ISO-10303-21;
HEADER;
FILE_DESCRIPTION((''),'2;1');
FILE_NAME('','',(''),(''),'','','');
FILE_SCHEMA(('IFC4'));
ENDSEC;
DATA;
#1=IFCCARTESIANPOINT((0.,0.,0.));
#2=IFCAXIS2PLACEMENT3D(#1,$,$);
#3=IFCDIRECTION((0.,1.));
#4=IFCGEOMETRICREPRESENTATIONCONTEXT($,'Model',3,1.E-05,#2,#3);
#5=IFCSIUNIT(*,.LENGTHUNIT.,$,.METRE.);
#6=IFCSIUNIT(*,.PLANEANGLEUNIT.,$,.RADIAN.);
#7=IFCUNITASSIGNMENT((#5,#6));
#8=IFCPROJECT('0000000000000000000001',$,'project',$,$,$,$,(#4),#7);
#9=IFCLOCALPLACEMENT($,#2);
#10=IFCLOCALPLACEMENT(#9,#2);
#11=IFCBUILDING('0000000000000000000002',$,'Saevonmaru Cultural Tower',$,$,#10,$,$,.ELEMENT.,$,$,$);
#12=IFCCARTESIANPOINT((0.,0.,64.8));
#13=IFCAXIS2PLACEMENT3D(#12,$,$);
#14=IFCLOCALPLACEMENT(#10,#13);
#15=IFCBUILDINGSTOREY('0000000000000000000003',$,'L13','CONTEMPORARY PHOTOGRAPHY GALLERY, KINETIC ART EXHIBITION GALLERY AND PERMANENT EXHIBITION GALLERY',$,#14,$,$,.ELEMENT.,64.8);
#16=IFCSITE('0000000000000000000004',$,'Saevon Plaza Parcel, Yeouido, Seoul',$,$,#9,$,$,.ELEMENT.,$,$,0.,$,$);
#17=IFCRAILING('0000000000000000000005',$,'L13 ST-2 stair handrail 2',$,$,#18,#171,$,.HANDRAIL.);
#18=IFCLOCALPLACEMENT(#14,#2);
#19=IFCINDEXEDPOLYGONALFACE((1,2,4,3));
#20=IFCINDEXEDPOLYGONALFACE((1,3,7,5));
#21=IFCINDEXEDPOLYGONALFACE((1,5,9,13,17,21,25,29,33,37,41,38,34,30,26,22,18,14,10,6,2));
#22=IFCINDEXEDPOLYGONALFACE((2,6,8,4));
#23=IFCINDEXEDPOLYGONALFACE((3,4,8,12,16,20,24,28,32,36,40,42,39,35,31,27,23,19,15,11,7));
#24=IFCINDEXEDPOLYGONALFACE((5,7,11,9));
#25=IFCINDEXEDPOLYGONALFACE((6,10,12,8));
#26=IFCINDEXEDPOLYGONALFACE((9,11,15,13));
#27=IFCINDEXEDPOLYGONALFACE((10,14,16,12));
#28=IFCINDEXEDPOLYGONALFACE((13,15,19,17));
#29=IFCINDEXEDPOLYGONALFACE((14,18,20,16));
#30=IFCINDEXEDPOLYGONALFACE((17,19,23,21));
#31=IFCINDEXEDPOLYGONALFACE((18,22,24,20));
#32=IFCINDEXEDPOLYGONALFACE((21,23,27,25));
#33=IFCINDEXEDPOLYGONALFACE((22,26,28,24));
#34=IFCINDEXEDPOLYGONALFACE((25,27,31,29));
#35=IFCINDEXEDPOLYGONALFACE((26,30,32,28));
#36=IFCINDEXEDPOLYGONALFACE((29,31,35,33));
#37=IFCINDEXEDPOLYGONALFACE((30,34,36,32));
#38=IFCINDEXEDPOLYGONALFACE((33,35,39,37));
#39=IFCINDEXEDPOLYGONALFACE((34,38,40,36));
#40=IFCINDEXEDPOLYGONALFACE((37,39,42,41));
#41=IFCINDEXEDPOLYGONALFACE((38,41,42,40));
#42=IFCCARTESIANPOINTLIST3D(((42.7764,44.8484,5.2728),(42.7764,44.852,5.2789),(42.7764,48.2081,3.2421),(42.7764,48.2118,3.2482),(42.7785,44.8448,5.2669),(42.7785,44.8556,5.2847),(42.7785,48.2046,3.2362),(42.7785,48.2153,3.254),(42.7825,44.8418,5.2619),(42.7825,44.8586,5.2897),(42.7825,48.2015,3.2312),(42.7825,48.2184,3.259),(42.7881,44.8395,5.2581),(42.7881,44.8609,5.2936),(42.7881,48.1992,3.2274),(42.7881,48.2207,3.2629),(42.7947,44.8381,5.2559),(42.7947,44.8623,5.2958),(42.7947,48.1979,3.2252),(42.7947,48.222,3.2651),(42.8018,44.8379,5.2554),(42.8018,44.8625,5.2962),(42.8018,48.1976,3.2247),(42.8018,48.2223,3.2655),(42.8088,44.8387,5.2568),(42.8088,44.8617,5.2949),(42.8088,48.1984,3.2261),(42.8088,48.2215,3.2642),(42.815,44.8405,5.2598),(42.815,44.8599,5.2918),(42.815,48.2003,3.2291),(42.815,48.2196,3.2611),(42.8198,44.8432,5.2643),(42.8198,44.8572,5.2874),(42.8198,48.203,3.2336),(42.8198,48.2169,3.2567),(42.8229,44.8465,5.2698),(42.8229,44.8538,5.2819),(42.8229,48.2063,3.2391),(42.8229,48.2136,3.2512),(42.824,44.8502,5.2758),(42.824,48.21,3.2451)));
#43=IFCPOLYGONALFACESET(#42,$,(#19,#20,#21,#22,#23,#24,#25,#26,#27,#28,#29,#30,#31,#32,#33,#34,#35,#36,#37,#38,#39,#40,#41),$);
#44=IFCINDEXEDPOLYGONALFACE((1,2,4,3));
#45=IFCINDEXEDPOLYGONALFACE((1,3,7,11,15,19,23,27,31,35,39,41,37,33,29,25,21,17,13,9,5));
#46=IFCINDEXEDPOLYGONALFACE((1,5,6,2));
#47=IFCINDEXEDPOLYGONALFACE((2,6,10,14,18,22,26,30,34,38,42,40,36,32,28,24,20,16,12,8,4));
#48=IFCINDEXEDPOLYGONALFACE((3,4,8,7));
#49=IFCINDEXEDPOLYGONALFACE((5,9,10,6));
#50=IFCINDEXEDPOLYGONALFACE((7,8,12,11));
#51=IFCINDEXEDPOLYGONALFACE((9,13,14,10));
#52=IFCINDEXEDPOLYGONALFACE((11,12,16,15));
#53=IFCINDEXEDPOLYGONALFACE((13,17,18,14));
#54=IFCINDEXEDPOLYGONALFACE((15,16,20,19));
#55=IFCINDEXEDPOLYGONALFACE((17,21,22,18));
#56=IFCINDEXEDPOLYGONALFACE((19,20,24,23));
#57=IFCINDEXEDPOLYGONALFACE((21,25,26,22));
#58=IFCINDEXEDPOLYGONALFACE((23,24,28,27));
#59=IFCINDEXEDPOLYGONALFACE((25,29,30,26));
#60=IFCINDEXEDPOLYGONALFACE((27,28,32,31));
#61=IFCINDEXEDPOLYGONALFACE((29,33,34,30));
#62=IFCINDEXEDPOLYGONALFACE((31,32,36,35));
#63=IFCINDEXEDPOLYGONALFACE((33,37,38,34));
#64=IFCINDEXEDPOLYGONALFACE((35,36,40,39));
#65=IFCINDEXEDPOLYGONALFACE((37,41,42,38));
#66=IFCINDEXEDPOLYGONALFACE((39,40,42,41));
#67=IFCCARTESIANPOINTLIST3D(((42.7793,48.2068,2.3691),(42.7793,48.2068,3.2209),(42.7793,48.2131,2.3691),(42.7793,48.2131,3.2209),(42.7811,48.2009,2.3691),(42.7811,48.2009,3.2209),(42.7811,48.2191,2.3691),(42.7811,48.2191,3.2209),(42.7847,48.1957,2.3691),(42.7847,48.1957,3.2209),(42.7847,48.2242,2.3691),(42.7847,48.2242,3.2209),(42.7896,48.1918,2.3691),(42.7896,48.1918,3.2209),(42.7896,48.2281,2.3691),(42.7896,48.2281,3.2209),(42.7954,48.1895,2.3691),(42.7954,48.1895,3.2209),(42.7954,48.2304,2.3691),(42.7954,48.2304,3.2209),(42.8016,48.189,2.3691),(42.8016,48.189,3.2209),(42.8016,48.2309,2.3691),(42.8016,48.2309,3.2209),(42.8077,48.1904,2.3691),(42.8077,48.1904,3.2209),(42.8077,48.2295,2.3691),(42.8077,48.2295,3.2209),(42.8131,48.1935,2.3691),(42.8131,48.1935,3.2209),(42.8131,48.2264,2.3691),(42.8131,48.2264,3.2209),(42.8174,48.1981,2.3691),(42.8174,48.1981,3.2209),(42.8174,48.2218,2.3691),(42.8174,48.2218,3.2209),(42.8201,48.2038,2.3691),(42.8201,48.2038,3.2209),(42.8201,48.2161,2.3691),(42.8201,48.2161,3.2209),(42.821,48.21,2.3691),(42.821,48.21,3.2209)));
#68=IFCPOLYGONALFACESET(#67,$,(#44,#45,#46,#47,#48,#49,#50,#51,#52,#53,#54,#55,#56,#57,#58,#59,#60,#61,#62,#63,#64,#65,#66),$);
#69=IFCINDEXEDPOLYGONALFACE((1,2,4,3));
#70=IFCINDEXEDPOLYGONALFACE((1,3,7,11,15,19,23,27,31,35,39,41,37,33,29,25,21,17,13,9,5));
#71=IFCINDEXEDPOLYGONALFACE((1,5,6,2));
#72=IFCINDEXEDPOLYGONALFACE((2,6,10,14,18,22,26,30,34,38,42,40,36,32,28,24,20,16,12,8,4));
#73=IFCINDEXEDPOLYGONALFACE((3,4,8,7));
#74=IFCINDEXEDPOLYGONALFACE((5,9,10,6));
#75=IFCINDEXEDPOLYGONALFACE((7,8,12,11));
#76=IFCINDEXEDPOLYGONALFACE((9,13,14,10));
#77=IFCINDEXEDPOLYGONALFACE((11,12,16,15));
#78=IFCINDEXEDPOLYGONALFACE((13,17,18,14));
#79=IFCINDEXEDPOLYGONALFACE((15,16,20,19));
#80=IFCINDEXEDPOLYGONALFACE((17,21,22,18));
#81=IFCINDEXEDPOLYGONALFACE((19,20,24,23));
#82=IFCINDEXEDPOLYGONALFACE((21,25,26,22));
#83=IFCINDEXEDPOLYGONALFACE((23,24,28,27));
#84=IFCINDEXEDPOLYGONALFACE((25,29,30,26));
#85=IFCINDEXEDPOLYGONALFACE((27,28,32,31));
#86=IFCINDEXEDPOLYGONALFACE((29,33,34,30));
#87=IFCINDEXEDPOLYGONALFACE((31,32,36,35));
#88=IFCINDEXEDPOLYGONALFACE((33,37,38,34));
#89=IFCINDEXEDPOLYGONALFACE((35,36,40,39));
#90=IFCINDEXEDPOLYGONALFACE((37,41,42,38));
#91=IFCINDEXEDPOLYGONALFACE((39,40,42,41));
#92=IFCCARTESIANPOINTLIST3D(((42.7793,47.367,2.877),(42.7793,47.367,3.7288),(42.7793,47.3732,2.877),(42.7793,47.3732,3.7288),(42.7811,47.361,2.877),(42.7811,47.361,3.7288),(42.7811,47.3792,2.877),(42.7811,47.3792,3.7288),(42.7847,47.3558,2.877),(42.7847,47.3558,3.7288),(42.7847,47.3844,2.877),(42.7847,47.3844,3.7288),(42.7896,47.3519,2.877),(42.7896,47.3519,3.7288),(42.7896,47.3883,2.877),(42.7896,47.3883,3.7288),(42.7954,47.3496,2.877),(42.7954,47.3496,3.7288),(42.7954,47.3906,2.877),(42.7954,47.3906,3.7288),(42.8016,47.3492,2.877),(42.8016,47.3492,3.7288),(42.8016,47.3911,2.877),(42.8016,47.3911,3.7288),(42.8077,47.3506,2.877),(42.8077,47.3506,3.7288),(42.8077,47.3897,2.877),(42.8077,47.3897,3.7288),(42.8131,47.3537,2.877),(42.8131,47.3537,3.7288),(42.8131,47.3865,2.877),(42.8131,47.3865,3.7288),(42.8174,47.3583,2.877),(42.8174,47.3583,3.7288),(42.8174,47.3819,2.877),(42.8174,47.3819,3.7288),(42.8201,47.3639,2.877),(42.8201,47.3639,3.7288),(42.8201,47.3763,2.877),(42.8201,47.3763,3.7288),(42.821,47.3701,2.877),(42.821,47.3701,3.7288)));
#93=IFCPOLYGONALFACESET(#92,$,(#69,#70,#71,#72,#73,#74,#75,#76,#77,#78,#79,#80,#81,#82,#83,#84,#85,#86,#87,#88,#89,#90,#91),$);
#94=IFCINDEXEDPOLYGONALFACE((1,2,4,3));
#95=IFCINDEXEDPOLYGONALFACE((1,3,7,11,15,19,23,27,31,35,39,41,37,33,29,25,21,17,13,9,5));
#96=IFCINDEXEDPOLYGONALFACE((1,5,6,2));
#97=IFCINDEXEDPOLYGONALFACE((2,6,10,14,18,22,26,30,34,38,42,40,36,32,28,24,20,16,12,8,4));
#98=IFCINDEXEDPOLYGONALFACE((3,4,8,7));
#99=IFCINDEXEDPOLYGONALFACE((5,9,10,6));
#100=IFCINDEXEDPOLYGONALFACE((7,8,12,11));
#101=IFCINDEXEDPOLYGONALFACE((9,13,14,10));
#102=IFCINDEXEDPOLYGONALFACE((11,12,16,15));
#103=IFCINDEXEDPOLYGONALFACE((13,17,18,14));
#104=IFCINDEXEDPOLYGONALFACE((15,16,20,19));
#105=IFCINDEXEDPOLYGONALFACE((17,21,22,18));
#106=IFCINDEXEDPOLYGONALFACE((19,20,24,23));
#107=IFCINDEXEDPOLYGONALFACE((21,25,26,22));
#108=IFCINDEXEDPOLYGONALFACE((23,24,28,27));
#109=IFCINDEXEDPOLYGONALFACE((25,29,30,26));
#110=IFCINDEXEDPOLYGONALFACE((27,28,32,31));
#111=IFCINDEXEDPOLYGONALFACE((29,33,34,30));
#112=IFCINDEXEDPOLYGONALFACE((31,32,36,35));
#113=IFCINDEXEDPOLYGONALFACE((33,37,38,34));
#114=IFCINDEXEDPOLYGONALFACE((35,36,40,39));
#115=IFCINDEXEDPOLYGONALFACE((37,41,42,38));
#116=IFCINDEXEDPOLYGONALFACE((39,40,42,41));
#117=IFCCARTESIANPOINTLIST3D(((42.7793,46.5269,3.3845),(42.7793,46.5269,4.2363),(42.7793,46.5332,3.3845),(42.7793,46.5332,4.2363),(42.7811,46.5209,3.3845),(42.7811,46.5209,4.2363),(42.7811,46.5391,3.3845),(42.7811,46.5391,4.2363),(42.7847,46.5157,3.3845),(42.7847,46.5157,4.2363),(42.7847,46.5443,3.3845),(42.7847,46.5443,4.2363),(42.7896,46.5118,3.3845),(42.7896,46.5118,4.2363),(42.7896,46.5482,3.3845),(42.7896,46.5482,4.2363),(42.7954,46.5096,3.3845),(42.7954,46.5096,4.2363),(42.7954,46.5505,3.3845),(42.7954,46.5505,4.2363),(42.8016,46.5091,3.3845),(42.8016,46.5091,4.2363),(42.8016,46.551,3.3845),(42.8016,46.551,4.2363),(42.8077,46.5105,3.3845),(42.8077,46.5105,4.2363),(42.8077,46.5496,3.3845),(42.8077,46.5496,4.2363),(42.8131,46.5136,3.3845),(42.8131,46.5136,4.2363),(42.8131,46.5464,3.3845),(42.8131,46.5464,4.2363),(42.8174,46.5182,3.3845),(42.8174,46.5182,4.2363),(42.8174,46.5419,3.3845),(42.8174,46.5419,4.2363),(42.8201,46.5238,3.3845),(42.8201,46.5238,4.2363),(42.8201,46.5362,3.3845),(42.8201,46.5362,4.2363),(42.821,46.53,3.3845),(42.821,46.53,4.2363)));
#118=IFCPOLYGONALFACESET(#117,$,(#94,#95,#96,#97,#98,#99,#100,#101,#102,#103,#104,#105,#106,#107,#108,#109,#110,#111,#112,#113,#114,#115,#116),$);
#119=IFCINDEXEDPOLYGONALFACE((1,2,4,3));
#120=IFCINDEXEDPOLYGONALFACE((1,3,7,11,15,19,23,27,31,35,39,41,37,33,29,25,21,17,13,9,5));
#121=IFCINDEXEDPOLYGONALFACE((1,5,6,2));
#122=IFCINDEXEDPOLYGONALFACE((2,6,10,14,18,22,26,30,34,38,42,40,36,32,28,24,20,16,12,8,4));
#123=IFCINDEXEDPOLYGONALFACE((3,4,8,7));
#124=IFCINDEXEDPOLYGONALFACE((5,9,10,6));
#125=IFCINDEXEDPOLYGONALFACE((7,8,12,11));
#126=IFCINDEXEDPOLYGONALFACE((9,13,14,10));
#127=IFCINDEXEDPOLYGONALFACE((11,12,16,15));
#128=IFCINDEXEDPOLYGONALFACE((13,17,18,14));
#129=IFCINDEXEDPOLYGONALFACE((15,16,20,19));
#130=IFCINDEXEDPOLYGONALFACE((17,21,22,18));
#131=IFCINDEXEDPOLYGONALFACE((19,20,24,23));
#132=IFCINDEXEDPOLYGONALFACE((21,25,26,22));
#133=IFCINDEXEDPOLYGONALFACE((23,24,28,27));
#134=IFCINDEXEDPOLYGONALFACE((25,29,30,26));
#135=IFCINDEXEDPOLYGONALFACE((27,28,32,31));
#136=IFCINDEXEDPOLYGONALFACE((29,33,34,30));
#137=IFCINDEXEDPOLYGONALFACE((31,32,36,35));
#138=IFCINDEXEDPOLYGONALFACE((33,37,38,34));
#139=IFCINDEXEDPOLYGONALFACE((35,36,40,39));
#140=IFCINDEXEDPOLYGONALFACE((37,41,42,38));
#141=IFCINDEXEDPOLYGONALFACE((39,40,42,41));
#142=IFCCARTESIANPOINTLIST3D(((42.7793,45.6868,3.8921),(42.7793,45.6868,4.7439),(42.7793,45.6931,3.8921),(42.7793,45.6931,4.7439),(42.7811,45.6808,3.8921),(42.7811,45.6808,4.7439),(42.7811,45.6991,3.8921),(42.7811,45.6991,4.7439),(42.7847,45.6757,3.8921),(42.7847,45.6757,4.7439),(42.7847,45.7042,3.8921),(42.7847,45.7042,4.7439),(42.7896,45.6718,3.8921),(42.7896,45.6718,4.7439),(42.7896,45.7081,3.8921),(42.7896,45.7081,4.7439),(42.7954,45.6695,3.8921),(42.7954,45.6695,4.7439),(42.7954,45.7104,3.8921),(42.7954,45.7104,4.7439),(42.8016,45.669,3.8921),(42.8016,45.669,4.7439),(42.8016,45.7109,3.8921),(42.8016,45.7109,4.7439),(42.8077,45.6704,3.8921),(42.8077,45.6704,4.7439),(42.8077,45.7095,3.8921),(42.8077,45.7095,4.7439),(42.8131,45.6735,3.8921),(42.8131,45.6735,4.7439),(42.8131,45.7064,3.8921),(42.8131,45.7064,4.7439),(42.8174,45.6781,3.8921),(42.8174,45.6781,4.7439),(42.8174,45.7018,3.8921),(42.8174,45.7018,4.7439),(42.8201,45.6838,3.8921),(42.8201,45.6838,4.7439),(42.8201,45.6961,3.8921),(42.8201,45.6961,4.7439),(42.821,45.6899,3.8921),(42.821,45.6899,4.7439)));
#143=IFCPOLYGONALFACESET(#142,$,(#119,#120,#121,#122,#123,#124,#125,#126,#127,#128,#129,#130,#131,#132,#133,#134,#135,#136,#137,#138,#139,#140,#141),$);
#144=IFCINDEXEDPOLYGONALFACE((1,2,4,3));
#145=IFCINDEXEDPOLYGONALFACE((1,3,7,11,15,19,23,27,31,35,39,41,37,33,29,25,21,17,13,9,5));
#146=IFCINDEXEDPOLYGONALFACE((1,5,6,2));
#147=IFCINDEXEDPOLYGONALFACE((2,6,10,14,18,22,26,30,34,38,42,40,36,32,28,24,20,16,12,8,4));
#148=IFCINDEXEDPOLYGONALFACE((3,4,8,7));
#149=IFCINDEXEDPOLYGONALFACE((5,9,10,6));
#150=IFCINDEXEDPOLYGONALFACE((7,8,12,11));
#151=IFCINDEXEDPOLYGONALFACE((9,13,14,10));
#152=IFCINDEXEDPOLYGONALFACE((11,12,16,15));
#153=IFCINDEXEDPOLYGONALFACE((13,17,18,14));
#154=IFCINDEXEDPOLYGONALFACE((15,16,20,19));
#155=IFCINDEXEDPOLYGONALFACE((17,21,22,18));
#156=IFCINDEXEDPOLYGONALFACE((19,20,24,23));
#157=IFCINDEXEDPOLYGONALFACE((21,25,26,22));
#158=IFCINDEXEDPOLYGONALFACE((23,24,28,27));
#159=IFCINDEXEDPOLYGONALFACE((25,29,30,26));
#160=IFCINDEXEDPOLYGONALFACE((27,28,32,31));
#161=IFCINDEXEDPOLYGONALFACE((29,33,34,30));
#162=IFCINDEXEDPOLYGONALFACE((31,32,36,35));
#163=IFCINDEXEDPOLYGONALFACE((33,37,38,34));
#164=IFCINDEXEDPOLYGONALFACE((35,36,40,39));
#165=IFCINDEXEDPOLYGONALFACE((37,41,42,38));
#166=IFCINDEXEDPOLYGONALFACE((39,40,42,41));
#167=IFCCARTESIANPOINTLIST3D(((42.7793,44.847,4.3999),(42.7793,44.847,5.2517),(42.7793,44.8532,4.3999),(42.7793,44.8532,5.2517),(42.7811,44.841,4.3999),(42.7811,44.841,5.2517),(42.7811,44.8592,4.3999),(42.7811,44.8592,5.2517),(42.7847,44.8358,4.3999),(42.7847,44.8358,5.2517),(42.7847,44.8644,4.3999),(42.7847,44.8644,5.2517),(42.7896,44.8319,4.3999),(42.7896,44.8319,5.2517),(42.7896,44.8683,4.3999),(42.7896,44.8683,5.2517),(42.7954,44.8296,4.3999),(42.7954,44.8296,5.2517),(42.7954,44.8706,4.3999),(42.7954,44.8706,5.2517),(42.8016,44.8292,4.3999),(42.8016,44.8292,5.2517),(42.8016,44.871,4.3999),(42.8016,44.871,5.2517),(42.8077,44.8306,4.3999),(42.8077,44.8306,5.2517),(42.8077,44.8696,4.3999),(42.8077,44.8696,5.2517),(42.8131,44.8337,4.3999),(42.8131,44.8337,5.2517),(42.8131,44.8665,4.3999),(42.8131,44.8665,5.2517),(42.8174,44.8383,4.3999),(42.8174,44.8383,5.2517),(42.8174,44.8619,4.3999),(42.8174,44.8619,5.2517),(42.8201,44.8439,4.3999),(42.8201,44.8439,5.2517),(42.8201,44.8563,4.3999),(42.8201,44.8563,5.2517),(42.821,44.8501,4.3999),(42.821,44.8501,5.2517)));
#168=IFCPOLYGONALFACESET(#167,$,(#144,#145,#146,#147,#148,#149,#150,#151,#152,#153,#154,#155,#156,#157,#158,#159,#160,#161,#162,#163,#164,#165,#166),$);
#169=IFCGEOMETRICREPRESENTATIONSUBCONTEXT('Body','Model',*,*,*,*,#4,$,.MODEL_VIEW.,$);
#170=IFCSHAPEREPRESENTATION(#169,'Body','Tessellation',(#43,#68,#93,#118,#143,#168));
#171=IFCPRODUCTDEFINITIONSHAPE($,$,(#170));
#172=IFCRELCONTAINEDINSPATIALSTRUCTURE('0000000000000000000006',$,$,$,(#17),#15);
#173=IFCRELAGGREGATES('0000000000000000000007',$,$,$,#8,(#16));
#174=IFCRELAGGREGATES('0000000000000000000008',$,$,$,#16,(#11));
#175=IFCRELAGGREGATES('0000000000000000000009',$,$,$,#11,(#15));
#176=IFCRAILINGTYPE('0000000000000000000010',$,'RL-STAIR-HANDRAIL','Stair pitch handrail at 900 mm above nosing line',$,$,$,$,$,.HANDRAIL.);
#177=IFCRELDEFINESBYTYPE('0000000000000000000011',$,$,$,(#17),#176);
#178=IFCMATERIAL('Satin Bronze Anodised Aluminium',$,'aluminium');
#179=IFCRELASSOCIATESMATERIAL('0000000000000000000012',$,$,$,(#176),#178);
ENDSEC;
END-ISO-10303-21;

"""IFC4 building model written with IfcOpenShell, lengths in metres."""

from ifc_helpers import new_model, si_unit, direction, frame, origin, origin_2d, place, context, subcontext, project, spatial, circle, extrude, material, type_object, element, save


model = new_model("IFC4")

# Units and contexts
model_context = context("Model", 3, precision=1e-05, world=origin(), true_north=direction((0.0, 1.0)))
body_context = subcontext(model_context, "Body", "Model", "MODEL_VIEW")
ifc_project = project(units=[si_unit("LENGTHUNIT", "METRE"), si_unit("PLANEANGLEUNIT", "RADIAN")], contexts=[model_context])

# Site, building, storey
site_placement = place(None, origin())
site = spatial("IfcSite", under=ifc_project, at=site_placement, Name="Saevon Plaza Parcel, Yeouido, Seoul", CompositionType="ELEMENT", RefElevation=0.0)
building_placement = place(site_placement, origin())
building = spatial("IfcBuilding", under=site, at=building_placement, Name="Saevonmaru Cultural Tower", CompositionType="ELEMENT")
storey_placement = place(building_placement, frame((0.0, 0.0, 64.8)))
storey = spatial("IfcBuildingStorey", under=building, at=storey_placement, Name="L13", Description="CONTEMPORARY PHOTOGRAPHY GALLERY, KINETIC ART EXHIBITION GALLERY AND PERMANENT EXHIBITION GALLERY", CompositionType="ELEMENT", Elevation=64.8)

# Shared definitions
ifc_material_1 = material(Name="Satin Bronze Anodised Aluminium", Category="aluminium")

# Railing
railing_type_1 = type_object("IfcRailingType", Name="RL-STAIR-HANDRAIL", Description="Stair pitch handrail at 900 mm above nosing line", PredefinedType="HANDRAIL", material=ifc_material_1)
railing_1_placement = place(storey_placement, frame((42.8, 48.21, 2.3691)))
element("IfcRailing", 1, at=railing_1_placement, inside=storey, type_object=railing_type_1, Name="L13 ST-2 stair handrail 2", PredefinedType="HANDRAIL", context=body_context, shape_type="SweptSolid", body=[
    extrude(circle(Radius=0.0239, at=origin_2d()), frame((0.0, 0.0, 0.876), z_axis=(0.0, -0.85582, 0.517273), x_axis=(1.0, 0.0, 0.0)), (0.0, 0.0, 1.0), 3.9258),
    extrude(circle(Radius=0.021, at=origin_2d()), origin(), (0.0, 0.0, 1.0), 0.8518),
    extrude(circle(Radius=0.021, at=origin_2d()), frame((0.0, -0.8398, 0.5078)), (0.0, 0.0, 1.0), 0.8518),
    extrude(circle(Radius=0.021, at=origin_2d()), frame((0.0, -1.6799, 1.0154)), (0.0, 0.0, 1.0), 0.8518),
    extrude(circle(Radius=0.021, at=origin_2d()), frame((0.0, -2.52, 1.5229)), (0.0, 0.0, 1.0), 0.8518),
    extrude(circle(Radius=0.021, at=origin_2d()), frame((0.0, -3.3599, 2.0308)), (0.0, 0.0, 1.0), 0.8518),
])

save(model, "model.ifc")
